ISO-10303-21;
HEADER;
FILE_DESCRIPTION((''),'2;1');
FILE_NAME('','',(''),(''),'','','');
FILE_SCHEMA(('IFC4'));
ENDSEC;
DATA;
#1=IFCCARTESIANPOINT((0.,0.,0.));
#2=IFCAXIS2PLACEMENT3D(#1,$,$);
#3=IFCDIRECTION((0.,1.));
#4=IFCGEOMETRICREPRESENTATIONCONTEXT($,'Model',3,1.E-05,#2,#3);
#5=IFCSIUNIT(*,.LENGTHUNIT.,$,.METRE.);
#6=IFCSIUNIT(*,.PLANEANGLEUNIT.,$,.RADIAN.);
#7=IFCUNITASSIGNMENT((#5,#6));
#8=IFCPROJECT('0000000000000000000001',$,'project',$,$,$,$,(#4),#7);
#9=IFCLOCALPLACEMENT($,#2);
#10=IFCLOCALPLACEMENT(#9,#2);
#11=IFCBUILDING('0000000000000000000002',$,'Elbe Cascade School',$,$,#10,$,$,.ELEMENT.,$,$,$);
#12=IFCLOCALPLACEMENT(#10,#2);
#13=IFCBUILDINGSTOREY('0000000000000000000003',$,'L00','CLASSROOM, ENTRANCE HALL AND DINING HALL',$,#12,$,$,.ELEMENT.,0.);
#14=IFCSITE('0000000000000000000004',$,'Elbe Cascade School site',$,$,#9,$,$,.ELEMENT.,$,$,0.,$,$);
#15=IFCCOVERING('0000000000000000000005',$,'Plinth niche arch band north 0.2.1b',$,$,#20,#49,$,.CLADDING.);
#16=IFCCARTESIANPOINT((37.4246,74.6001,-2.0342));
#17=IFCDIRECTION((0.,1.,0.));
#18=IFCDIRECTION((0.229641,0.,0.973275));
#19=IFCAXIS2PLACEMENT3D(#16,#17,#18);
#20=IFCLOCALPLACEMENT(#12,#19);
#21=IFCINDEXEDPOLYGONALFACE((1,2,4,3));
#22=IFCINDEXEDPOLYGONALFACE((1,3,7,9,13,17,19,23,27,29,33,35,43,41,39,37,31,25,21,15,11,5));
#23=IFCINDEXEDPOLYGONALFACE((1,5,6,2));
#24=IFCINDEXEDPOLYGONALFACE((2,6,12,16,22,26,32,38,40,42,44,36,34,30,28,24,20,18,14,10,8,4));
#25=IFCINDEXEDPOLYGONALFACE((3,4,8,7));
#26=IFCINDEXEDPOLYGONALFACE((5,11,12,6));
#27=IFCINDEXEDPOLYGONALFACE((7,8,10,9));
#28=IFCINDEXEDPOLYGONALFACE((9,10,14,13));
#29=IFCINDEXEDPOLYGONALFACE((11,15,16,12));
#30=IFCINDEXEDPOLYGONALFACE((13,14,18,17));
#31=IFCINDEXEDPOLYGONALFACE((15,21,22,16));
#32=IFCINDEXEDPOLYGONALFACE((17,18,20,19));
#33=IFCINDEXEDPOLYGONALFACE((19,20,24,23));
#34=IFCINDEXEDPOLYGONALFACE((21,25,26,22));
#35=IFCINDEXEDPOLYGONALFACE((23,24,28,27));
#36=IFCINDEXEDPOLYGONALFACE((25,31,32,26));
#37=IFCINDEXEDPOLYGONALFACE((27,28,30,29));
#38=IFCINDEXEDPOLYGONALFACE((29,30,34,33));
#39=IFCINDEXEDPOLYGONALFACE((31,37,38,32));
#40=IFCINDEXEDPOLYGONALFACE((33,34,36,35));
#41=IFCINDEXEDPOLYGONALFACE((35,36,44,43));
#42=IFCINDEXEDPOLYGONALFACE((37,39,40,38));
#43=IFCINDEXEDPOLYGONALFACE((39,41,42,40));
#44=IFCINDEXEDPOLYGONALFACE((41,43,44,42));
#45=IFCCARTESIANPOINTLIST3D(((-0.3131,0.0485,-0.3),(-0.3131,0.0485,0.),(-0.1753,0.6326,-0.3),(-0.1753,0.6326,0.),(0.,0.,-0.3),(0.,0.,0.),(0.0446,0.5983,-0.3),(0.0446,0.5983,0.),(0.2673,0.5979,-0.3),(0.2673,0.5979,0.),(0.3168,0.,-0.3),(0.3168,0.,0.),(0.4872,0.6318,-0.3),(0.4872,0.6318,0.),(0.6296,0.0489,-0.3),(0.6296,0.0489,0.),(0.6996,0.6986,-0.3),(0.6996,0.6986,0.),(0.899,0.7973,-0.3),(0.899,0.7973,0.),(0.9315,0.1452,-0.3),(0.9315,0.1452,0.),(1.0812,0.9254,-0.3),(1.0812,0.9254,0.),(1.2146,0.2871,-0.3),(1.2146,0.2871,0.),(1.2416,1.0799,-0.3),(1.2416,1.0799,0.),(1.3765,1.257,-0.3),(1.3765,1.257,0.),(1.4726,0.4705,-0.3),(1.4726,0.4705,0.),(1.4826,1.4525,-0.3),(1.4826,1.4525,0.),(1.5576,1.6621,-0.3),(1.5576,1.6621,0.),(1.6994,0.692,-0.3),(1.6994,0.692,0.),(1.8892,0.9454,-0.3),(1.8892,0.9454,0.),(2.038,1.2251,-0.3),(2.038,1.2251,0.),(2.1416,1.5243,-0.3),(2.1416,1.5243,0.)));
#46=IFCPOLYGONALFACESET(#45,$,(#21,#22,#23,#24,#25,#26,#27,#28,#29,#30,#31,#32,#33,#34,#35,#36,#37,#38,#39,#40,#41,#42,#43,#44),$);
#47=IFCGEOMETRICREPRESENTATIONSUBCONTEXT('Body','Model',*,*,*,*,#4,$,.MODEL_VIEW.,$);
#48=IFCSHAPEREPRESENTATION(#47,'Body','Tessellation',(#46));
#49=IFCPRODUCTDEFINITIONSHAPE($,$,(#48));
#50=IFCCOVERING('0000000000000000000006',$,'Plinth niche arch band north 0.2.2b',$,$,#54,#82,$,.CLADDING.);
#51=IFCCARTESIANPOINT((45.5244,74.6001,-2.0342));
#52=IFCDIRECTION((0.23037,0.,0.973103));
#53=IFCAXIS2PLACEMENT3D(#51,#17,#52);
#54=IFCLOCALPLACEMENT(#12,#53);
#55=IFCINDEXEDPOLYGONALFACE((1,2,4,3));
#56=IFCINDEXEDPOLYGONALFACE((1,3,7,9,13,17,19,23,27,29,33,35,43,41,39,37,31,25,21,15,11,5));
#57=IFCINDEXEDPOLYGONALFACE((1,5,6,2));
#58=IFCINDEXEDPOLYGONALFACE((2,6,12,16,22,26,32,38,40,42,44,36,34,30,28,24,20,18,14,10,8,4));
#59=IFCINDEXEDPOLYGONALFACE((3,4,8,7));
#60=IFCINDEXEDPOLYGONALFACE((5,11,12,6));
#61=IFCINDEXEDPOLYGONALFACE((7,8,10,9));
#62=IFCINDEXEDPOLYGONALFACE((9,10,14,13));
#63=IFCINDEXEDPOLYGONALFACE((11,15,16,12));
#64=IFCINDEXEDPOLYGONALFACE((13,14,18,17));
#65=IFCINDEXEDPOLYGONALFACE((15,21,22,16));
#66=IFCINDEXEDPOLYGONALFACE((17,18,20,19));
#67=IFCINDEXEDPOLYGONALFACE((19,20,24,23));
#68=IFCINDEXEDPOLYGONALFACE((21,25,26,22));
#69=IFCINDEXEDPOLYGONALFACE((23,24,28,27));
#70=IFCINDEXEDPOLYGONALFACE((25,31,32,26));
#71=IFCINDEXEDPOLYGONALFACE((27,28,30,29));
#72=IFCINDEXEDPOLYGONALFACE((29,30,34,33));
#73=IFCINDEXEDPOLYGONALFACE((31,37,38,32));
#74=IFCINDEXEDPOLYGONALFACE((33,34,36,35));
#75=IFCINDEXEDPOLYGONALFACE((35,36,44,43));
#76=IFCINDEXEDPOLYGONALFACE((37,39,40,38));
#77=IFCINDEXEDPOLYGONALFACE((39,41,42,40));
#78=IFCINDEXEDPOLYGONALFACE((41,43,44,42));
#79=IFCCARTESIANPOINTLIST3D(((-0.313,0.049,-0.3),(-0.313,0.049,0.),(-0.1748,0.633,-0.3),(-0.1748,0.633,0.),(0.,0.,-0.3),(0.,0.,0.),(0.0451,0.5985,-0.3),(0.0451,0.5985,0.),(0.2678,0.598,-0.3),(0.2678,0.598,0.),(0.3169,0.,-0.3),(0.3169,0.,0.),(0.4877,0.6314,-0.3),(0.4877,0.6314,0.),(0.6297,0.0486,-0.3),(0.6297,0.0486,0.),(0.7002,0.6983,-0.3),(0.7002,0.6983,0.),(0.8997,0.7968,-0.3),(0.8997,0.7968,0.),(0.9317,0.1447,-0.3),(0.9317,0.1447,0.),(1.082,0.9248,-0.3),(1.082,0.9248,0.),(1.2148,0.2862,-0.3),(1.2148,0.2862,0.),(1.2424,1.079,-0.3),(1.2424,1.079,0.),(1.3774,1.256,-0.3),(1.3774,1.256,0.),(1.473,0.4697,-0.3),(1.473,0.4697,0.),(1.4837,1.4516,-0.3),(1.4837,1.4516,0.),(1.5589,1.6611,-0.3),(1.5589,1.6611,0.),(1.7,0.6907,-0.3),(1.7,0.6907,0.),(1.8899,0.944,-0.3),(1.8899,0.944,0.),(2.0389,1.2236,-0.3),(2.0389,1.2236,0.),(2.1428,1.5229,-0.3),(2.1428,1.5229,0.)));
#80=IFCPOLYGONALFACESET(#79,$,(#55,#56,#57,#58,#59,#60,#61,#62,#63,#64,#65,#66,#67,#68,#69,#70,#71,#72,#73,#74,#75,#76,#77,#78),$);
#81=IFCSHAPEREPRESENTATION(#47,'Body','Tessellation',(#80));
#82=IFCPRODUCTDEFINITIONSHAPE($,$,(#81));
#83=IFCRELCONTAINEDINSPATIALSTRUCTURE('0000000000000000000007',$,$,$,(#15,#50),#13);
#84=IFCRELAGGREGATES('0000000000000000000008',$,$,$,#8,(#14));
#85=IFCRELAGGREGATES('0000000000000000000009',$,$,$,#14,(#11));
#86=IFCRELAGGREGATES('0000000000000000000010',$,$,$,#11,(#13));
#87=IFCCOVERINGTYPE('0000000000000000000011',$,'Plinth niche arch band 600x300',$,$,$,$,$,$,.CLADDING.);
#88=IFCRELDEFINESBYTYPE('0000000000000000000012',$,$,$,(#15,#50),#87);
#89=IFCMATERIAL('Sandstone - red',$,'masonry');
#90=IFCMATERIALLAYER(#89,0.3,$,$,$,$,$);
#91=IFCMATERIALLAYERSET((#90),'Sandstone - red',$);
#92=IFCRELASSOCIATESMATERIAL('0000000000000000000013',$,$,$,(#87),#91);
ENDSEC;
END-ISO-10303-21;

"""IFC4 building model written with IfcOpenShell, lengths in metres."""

from ifc_helpers import new_model, si_unit, direction, frame, origin, place, context, subcontext, project, spatial, polyline, outline, extrude, material, layer, layer_set, type_object, element, save


model = new_model("IFC4")

# Units and contexts
model_context = context("Model", 3, precision=1e-05, world=origin(), true_north=direction((0.0, 1.0)))
body_context = subcontext(model_context, "Body", "Model", "MODEL_VIEW")
ifc_project = project(units=[si_unit("LENGTHUNIT", "METRE"), si_unit("PLANEANGLEUNIT", "RADIAN")], contexts=[model_context])

# Site, building, storey
site_placement = place(None, origin())
site = spatial("IfcSite", under=ifc_project, at=site_placement, Name="Elbe Cascade School site", CompositionType="ELEMENT", RefElevation=0.0)
building_placement = place(site_placement, origin())
building = spatial("IfcBuilding", under=site, at=building_placement, Name="Elbe Cascade School", CompositionType="ELEMENT")
storey_placement = place(building_placement, origin())
storey = spatial("IfcBuildingStorey", under=building, at=storey_placement, Name="L00", Description="CLASSROOM, ENTRANCE HALL AND DINING HALL", CompositionType="ELEMENT", Elevation=0.0)

# Coverings
ifc_material_1 = material(Name="Sandstone - red", Category="masonry")
ifc_layer_1 = layer(ifc_material_1, 0.3)
ifc_layer_set_1 = layer_set([ifc_layer_1], Name="Sandstone - red")
covering_type_1 = type_object("IfcCoveringType", Name="Plinth niche arch band 600x300", PredefinedType="CLADDING", material=ifc_layer_set_1)
covering_1_placement = place(storey_placement, frame((37.4246, 74.6001, -2.0342), z_axis=(0.0, 1.0, 0.0), x_axis=(0.229641, 0.0, 0.973275)))
element("IfcCovering", 1, at=covering_1_placement, inside=storey, type_object=covering_type_1, Name="Plinth niche arch band north 0.2.1b", PredefinedType="CLADDING", context=body_context, shape_type="SweptSolid", body=[
    extrude(outline(polyline([(0.0, 0.0), (0.3168, 0.0), (0.6296, 0.0489), (0.9315, 0.1452), (1.2146, 0.2871), (1.4726, 0.4705), (1.6994, 0.692), (1.8892, 0.9454), (2.038, 1.2251), (2.1416, 1.5243), (1.5576, 1.6621), (1.4826, 1.4525), (1.3765, 1.257), (1.2416, 1.0799), (1.0812, 0.9254), (0.899, 0.7973), (0.6996, 0.6986), (0.4872, 0.6318), (0.2673, 0.5979), (0.0446, 0.5983), (-0.1753, 0.6326), (-0.3131, 0.0485), (0.0, 0.0)])), origin(), (0.0, 0.0, -1.0), 0.3),
])
covering_2_placement = place(storey_placement, frame((45.5244, 74.6001, -2.0342), z_axis=(0.0, 1.0, 0.0), x_axis=(0.23037, 0.0, 0.973103)))
element("IfcCovering", 2, at=covering_2_placement, inside=storey, type_object=covering_type_1, Name="Plinth niche arch band north 0.2.2b", PredefinedType="CLADDING", context=body_context, shape_type="SweptSolid", body=[
    extrude(outline(polyline([(0.0, 0.0), (0.3169, 0.0), (0.6297, 0.0486), (0.9317, 0.1447), (1.2148, 0.2862), (1.473, 0.4697), (1.7, 0.6907), (1.8899, 0.944), (2.0389, 1.2236), (2.1428, 1.5229), (1.5589, 1.6611), (1.4837, 1.4516), (1.3774, 1.256), (1.2424, 1.079), (1.082, 0.9248), (0.8997, 0.7968), (0.7002, 0.6983), (0.4877, 0.6314), (0.2678, 0.598), (0.0451, 0.5985), (-0.1748, 0.633), (-0.313, 0.049), (0.0, 0.0)])), origin(), (0.0, 0.0, -1.0), 0.3),
])

save(model, "model.ifc")
